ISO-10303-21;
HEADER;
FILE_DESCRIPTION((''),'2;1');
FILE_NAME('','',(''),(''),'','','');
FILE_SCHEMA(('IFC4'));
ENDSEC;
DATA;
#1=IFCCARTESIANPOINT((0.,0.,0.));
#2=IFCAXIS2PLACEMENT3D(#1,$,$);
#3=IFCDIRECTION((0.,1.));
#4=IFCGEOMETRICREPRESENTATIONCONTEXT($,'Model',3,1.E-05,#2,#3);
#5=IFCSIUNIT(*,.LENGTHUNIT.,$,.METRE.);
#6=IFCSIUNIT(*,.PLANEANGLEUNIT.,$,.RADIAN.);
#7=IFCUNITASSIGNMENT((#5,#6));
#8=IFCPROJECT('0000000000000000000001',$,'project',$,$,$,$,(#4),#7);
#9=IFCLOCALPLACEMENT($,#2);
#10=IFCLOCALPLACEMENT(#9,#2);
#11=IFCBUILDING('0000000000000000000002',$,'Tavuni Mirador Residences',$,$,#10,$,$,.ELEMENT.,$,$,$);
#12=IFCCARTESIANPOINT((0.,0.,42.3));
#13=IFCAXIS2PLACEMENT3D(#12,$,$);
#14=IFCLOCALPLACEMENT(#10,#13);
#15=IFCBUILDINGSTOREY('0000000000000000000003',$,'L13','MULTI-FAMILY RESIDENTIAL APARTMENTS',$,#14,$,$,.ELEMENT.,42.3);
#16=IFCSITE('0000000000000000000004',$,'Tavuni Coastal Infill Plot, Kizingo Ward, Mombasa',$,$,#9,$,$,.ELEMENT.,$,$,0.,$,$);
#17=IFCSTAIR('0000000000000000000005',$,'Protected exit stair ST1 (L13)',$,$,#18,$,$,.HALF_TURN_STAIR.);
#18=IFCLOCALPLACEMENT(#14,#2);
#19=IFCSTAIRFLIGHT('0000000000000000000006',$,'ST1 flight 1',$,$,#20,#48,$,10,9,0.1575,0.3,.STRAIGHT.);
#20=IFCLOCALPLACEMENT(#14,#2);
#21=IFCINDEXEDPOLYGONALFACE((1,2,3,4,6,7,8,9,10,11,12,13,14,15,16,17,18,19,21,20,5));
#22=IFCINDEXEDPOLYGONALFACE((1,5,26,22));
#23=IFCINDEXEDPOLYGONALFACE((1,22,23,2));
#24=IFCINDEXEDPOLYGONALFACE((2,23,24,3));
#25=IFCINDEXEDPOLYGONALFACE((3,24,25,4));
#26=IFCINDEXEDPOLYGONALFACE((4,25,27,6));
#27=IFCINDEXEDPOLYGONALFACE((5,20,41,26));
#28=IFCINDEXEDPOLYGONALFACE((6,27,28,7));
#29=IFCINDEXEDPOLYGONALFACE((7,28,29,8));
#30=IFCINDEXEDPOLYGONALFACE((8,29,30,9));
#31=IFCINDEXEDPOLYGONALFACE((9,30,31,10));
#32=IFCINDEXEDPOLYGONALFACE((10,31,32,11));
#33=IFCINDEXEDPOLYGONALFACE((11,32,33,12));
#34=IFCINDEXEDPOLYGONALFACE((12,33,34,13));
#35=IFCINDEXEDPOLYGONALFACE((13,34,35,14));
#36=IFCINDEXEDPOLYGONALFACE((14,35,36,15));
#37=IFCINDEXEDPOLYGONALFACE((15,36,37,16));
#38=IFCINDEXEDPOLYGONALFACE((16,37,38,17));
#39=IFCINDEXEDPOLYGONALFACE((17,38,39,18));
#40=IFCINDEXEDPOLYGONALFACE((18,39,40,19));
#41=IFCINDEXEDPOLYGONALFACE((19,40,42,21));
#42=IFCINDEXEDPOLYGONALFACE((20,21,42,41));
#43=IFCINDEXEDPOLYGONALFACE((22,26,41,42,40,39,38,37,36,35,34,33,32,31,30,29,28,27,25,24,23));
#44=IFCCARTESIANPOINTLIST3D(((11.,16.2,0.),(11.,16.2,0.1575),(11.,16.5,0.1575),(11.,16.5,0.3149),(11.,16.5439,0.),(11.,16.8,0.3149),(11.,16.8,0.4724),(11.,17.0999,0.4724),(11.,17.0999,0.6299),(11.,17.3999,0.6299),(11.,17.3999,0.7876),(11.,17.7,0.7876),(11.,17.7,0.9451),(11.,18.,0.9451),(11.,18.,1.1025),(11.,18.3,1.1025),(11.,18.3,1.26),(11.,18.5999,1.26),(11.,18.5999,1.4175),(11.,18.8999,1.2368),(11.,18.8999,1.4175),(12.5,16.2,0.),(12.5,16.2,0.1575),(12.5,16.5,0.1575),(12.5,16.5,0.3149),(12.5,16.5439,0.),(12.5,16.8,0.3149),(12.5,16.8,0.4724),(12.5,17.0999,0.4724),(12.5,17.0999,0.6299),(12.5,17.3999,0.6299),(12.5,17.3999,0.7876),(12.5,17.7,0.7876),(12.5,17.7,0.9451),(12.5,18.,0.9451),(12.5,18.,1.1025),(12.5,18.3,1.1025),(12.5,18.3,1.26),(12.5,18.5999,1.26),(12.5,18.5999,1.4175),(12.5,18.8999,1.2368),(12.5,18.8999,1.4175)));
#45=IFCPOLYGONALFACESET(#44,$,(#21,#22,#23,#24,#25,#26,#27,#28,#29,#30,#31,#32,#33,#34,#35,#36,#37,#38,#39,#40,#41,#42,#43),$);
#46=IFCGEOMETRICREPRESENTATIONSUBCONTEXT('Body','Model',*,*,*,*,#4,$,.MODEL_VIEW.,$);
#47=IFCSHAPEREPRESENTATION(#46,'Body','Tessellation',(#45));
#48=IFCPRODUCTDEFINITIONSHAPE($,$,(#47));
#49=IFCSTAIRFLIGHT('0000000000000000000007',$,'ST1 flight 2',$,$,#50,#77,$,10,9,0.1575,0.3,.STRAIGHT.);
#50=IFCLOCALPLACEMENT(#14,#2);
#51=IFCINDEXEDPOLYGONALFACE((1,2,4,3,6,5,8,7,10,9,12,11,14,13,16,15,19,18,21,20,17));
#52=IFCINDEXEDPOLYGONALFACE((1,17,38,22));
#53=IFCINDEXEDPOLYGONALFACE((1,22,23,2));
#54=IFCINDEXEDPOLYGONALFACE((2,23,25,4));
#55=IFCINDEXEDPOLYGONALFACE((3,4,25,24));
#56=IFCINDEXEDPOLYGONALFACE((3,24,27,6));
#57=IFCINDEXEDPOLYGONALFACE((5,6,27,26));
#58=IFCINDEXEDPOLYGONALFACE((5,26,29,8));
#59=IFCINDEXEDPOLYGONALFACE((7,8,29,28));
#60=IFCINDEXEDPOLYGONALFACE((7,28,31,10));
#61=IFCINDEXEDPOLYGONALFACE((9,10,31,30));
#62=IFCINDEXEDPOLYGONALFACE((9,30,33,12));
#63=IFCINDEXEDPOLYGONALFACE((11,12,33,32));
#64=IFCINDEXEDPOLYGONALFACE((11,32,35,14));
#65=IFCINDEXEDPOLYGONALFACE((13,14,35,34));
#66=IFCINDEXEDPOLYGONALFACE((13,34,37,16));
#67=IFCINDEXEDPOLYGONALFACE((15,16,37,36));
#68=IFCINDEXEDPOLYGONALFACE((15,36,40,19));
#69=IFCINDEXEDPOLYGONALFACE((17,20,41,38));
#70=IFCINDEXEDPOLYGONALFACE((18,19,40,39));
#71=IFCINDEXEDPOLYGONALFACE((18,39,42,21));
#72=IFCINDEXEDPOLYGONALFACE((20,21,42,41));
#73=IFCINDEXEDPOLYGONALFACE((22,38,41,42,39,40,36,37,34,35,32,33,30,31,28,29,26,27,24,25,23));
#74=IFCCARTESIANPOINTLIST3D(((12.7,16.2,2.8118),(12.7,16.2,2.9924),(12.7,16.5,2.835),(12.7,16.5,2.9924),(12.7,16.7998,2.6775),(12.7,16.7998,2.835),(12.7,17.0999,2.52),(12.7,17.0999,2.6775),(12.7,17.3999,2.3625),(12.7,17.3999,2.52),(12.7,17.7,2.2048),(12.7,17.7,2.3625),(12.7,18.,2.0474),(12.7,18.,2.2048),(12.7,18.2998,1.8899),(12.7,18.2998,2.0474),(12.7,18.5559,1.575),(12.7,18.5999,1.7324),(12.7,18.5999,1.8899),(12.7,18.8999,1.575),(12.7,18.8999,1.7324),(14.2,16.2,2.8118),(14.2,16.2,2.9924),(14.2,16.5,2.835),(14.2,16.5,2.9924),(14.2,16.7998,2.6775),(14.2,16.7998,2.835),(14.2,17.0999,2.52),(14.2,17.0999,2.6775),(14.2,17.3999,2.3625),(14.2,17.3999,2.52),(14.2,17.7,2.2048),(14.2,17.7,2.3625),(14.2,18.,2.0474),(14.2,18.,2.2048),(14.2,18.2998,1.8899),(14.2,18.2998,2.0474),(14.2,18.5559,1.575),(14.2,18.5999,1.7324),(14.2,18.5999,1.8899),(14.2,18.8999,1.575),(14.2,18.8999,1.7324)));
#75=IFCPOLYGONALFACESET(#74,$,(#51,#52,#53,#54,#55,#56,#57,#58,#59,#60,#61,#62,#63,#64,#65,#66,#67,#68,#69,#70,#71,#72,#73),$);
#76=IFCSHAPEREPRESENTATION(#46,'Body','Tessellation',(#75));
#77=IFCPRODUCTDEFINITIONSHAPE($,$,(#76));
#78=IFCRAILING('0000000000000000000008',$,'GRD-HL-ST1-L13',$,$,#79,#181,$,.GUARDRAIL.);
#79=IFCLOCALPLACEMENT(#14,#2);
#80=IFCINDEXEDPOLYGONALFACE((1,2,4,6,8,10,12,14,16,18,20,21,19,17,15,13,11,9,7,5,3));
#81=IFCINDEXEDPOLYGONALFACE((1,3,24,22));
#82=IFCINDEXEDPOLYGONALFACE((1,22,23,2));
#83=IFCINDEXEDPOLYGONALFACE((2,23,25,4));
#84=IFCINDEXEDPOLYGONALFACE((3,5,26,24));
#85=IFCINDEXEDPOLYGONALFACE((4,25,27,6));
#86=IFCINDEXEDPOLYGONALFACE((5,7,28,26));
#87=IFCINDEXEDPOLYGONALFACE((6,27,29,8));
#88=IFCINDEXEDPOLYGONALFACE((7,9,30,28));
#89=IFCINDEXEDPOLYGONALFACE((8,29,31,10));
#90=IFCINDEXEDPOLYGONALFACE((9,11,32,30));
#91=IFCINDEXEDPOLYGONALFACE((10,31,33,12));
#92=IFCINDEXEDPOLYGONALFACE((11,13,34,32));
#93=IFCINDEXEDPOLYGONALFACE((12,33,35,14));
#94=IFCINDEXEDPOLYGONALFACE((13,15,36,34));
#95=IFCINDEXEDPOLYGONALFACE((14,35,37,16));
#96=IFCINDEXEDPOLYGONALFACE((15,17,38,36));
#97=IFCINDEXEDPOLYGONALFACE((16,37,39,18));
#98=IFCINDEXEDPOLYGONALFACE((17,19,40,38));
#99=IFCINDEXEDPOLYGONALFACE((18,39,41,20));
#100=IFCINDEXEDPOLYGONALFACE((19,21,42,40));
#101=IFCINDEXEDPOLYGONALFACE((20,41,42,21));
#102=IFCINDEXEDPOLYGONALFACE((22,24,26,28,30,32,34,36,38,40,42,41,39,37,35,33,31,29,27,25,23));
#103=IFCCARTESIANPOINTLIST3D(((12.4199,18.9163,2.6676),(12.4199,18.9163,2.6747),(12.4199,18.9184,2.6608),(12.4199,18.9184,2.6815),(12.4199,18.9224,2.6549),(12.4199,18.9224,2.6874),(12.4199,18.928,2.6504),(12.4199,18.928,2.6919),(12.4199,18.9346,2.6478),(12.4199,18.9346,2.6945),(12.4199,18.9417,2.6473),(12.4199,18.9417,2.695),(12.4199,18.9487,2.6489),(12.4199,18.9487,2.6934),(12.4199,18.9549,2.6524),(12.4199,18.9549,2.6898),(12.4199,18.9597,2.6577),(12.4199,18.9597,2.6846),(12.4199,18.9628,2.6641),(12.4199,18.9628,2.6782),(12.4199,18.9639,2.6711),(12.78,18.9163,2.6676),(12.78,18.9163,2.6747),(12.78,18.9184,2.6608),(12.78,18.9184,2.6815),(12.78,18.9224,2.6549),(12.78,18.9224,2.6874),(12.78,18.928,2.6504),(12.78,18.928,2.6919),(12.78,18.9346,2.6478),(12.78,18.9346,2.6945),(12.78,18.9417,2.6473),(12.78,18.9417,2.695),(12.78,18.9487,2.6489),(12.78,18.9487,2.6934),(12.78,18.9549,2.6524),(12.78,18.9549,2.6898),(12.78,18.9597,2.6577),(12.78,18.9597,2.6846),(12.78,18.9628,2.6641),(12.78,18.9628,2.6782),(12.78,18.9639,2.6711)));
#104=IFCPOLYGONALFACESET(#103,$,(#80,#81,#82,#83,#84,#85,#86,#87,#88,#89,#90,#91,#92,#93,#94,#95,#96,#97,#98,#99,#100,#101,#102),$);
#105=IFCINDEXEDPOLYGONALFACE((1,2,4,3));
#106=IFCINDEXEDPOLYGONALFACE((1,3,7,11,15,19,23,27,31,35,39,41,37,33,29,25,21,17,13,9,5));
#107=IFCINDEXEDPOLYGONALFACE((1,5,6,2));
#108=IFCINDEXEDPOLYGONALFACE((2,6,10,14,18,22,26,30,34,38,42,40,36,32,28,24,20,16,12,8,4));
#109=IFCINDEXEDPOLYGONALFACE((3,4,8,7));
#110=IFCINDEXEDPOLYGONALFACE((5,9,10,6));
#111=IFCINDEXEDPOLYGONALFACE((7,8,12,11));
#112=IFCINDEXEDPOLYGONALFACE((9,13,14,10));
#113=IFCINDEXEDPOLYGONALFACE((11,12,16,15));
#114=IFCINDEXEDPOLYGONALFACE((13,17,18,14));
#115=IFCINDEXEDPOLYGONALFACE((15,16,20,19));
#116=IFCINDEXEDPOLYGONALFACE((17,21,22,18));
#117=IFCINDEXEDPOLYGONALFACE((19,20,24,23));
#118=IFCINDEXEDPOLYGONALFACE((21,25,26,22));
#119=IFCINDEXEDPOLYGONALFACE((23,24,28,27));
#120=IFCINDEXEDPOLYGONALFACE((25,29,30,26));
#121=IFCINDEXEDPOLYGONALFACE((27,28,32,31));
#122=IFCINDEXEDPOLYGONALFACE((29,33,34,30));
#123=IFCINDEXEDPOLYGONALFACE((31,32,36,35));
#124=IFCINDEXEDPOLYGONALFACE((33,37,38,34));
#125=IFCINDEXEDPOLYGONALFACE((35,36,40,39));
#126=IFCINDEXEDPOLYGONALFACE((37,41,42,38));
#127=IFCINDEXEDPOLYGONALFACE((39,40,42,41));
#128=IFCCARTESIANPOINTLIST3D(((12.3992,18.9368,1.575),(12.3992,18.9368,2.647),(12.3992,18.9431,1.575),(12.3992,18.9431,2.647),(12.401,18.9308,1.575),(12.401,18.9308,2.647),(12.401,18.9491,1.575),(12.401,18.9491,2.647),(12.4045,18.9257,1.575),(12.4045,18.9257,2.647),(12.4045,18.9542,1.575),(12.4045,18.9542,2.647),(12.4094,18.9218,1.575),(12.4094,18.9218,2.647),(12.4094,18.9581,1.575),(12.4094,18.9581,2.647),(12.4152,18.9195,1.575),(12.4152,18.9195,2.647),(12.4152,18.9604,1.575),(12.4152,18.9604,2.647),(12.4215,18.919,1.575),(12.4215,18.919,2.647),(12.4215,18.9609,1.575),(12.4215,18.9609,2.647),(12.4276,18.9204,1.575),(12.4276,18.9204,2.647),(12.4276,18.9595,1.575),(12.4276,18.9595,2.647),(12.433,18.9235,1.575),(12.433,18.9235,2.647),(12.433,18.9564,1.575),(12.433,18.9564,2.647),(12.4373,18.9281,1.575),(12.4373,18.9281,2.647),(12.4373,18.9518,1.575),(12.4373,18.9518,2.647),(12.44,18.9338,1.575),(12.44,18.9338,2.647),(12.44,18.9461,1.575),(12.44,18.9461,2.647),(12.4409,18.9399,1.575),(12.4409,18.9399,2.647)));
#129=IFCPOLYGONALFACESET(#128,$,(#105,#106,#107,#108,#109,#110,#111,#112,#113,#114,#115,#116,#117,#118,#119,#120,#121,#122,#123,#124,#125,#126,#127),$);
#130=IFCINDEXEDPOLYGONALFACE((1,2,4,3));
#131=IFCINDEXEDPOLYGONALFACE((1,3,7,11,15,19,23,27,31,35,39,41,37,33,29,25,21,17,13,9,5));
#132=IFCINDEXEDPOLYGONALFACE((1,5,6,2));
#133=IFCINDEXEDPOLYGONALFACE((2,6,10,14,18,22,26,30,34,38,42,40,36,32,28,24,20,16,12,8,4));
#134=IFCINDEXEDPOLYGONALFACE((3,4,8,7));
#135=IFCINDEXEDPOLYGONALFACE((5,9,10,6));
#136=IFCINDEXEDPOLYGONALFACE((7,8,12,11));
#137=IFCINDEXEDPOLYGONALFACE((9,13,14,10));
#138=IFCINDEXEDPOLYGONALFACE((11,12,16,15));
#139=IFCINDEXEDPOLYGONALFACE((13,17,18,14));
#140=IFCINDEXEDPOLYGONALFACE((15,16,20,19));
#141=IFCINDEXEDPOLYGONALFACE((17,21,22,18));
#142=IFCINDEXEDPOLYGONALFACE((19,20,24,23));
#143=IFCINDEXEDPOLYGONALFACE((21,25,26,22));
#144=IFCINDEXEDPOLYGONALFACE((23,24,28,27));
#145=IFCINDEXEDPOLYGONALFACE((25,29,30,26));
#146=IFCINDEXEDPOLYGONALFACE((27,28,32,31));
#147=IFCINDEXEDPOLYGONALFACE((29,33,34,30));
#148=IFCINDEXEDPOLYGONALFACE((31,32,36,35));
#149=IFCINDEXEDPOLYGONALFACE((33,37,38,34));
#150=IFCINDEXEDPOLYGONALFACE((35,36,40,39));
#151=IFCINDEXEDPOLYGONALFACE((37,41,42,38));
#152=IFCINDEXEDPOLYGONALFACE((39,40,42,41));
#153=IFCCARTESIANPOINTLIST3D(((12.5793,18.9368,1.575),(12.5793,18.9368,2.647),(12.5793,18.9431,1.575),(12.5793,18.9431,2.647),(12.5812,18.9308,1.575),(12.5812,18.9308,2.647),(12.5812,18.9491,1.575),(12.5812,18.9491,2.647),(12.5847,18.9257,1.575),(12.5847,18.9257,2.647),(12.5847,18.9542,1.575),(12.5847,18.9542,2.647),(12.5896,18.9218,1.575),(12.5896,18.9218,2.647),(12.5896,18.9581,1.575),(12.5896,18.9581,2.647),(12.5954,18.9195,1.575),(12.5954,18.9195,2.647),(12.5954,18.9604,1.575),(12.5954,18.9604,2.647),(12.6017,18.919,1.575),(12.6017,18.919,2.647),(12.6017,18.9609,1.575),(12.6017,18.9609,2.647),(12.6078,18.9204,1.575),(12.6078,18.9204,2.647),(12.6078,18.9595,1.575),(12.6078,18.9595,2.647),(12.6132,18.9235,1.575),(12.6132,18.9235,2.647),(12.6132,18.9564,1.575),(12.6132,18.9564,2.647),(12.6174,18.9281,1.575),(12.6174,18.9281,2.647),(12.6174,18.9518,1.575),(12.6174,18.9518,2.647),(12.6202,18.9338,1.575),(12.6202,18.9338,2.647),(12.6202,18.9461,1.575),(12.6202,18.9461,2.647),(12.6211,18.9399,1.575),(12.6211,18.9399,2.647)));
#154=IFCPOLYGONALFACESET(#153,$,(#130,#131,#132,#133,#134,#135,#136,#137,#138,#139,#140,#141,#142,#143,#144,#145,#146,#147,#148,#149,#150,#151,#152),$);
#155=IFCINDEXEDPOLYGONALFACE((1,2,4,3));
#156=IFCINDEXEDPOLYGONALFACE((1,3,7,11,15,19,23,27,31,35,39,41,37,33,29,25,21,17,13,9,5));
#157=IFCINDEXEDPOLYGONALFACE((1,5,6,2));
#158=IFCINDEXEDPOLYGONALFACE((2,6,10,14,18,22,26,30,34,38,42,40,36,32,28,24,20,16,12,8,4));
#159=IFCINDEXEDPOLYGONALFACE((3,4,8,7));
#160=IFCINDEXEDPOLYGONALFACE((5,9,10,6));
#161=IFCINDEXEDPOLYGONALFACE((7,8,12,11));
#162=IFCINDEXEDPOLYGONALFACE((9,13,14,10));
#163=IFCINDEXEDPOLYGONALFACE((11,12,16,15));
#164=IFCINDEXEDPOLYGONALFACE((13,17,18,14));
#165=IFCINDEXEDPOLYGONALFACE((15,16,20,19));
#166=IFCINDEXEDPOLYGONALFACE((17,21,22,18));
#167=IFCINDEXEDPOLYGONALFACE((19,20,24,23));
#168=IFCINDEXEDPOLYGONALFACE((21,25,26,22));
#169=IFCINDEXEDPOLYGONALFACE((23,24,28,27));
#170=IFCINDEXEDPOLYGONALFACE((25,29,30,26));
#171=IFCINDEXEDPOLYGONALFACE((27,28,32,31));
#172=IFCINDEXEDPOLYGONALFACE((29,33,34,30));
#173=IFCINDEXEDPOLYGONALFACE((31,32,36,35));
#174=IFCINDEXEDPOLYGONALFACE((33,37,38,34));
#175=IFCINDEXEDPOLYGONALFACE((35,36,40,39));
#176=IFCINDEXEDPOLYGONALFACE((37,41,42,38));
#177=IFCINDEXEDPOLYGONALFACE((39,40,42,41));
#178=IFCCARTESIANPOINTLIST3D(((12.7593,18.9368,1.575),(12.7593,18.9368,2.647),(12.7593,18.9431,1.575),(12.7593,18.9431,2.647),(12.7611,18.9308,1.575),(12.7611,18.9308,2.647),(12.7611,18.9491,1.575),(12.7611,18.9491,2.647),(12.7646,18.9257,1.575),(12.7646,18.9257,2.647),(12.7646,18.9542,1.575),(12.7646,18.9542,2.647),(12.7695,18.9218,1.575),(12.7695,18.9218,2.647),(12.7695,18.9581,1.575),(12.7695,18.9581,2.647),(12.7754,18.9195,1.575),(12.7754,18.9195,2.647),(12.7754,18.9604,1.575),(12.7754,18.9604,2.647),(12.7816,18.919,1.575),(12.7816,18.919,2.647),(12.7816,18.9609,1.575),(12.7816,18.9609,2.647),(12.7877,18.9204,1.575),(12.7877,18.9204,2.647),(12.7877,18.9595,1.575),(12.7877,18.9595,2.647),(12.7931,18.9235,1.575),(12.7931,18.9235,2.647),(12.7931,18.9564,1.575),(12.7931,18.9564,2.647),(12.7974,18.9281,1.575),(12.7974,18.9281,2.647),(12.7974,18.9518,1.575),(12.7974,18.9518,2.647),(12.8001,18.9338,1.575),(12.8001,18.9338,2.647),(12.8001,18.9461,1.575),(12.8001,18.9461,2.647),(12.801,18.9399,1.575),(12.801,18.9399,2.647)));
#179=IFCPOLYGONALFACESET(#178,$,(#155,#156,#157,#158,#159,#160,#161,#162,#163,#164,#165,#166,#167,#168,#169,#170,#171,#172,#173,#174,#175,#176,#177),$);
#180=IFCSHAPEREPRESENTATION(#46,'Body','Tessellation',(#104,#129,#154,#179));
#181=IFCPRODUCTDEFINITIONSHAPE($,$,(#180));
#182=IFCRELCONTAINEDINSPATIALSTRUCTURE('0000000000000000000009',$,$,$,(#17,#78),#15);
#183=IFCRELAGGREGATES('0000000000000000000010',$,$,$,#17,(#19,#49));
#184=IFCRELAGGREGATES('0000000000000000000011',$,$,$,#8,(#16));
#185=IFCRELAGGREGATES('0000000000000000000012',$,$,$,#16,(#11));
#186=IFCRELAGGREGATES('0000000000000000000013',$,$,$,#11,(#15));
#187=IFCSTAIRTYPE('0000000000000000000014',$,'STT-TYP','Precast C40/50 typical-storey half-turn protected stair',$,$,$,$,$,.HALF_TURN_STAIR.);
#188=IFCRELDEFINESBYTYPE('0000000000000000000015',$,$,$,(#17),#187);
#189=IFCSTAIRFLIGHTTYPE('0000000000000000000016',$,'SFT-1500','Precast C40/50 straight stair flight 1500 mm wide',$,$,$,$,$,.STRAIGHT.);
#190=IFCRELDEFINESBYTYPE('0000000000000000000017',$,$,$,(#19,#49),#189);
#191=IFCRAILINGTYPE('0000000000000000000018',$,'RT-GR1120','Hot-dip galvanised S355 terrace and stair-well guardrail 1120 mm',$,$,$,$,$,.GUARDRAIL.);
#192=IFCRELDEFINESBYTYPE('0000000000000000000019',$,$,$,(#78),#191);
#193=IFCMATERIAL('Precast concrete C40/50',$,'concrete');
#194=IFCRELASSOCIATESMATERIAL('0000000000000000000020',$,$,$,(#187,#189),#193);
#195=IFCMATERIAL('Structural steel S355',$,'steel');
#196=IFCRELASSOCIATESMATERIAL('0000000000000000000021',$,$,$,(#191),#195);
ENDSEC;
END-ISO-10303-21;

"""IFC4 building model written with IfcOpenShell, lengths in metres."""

from ifc_helpers import new_model, si_unit, direction, frame, origin, origin_2d, place, context, subcontext, project, spatial, polyline, circle, outline, extrude, material, type_object, element, aggregate, save


model = new_model("IFC4")

# Units and contexts
model_context = context("Model", 3, precision=1e-05, world=origin(), true_north=direction((0.0, 1.0)))
body_context = subcontext(model_context, "Body", "Model", "MODEL_VIEW")
ifc_project = project(units=[si_unit("LENGTHUNIT", "METRE"), si_unit("PLANEANGLEUNIT", "RADIAN")], contexts=[model_context])

# Site, building, storey
site_placement = place(None, origin())
site = spatial("IfcSite", under=ifc_project, at=site_placement, Name="Tavuni Coastal Infill Plot, Kizingo Ward, Mombasa", CompositionType="ELEMENT", RefElevation=0.0)
building_placement = place(site_placement, origin())
building = spatial("IfcBuilding", under=site, at=building_placement, Name="Tavuni Mirador Residences", CompositionType="ELEMENT")
storey_placement = place(building_placement, frame((0.0, 0.0, 42.3)))
storey = spatial("IfcBuildingStorey", under=building, at=storey_placement, Name="L13", Description="MULTI-FAMILY RESIDENTIAL APARTMENTS", CompositionType="ELEMENT", Elevation=42.3)

# Shared definitions
ifc_material_1 = material(Name="Precast concrete C40/50", Category="concrete")

# Shared definitions
ifc_material_2 = material(Name="Structural steel S355", Category="steel")

# Stair, stair flights
stair_type = type_object("IfcStairType", Name="STT-TYP", Description="Precast C40/50 typical-storey half-turn protected stair", PredefinedType="HALF_TURN_STAIR", material=ifc_material_1)
stair_placement = place(storey_placement, origin())
stair = element("IfcStair", 1, at=stair_placement, inside=storey, type_object=stair_type, Name="Protected exit stair ST1 (L13)", PredefinedType="HALF_TURN_STAIR")
stair_flight_type = type_object("IfcStairFlightType", Name="SFT-1500", Description="Precast C40/50 straight stair flight 1500 mm wide", PredefinedType="STRAIGHT", material=ifc_material_1)
stair_flight_1_placement = place(storey_placement, frame((11.75, 16.2, 0.0), z_axis=(0.0, 0.0, 1.0), x_axis=(0.0, 1.0, 0.0)))
stair_flight_1 = element("IfcStairFlight", 2, at=stair_flight_1_placement, type_object=stair_flight_type, Name="ST1 flight 1", NumberOfRisers=10, NumberOfTreads=9, PredefinedType="STRAIGHT", RiserHeight=0.1575, TreadLength=0.3, context=body_context, shape_type="SweptSolid", body=[
    extrude(outline(polyline([(0.0, 0.0), (0.0, 0.1575), (0.3, 0.1575), (0.3, 0.3149), (0.6001, 0.3149), (0.6001, 0.4724), (0.8999, 0.4724), (0.8999, 0.6299), (1.2, 0.6299), (1.2, 0.7876), (1.5, 0.7876), (1.5, 0.9451), (1.8, 0.9451), (1.8, 1.1025), (2.1001, 1.1025), (2.1001, 1.26), (2.3999, 1.26), (2.3999, 1.4175), (2.7, 1.4175), (2.7, 1.575), (2.7, 1.2368), (0.344, 0.0), (0.0, 0.0)])), frame((0.0, 0.75, 0.0), z_axis=(0.0, -1.0, 0.0), x_axis=(1.0, 0.0, 0.0)), (0.0, 0.0, 1.0), 1.5),
])
stair_flight_2_placement = place(storey_placement, frame((13.45, 18.8999, 1.575), z_axis=(0.0, 0.0, 1.0), x_axis=(0.0, -1.0, 0.0)))
stair_flight_2 = element("IfcStairFlight", 3, at=stair_flight_2_placement, type_object=stair_flight_type, Name="ST1 flight 2", NumberOfRisers=10, NumberOfTreads=9, PredefinedType="STRAIGHT", RiserHeight=0.1575, TreadLength=0.3, context=body_context, shape_type="SweptSolid", body=[
    extrude(outline(polyline([(0.0, 0.0), (0.0, 0.1575), (0.3, 0.1575), (0.3, 0.3149), (0.6001, 0.3149), (0.6001, 0.4724), (0.8999, 0.4724), (0.8999, 0.6299), (1.2, 0.6299), (1.2, 0.7876), (1.5, 0.7876), (1.5, 0.9451), (1.8, 0.9451), (1.8, 1.1025), (2.1001, 1.1025), (2.1001, 1.26), (2.3999, 1.26), (2.3999, 1.4175), (2.7, 1.4175), (2.7, 1.575), (2.7, 1.2368), (0.344, 0.0), (0.0, 0.0)])), frame((0.0, 0.75, 0.0), z_axis=(0.0, -1.0, 0.0), x_axis=(1.0, 0.0, 0.0)), (0.0, 0.0, 1.0), 1.5),
])
aggregate(stair, [stair_flight_1, stair_flight_2])

# Railing
railing_type_1 = type_object("IfcRailingType", Name="RT-GR1120", Description="Hot-dip galvanised S355 terrace and stair-well guardrail 1120 mm", PredefinedType="GUARDRAIL", material=ifc_material_2)
railing_1_placement = place(storey_placement, frame((12.4199, 18.9399, 1.575)))
element("IfcRailing", 4, at=railing_1_placement, inside=storey, type_object=railing_type_1, Name="GRD-HL-ST1-L13", PredefinedType="GUARDRAIL", context=body_context, shape_type="SweptSolid", body=[
    extrude(circle(Radius=0.0239, at=origin_2d()), frame((0.0, 0.0, 1.0962), z_axis=(1.0, 0.0, 0.0), x_axis=(0.0, 1.0, 0.0)), (0.0, 0.0, 1.0), 0.3601),
    extrude(circle(Radius=0.021, at=origin_2d()), origin(), (0.0, 0.0, 1.0), 1.072),
    extrude(circle(Radius=0.021, at=origin_2d()), frame((0.1802, 0.0, 0.0)), (0.0, 0.0, 1.0), 1.072),
    extrude(circle(Radius=0.021, at=origin_2d()), frame((0.3601, 0.0, 0.0)), (0.0, 0.0, 1.0), 1.072),
])

save(model, "model.ifc")
